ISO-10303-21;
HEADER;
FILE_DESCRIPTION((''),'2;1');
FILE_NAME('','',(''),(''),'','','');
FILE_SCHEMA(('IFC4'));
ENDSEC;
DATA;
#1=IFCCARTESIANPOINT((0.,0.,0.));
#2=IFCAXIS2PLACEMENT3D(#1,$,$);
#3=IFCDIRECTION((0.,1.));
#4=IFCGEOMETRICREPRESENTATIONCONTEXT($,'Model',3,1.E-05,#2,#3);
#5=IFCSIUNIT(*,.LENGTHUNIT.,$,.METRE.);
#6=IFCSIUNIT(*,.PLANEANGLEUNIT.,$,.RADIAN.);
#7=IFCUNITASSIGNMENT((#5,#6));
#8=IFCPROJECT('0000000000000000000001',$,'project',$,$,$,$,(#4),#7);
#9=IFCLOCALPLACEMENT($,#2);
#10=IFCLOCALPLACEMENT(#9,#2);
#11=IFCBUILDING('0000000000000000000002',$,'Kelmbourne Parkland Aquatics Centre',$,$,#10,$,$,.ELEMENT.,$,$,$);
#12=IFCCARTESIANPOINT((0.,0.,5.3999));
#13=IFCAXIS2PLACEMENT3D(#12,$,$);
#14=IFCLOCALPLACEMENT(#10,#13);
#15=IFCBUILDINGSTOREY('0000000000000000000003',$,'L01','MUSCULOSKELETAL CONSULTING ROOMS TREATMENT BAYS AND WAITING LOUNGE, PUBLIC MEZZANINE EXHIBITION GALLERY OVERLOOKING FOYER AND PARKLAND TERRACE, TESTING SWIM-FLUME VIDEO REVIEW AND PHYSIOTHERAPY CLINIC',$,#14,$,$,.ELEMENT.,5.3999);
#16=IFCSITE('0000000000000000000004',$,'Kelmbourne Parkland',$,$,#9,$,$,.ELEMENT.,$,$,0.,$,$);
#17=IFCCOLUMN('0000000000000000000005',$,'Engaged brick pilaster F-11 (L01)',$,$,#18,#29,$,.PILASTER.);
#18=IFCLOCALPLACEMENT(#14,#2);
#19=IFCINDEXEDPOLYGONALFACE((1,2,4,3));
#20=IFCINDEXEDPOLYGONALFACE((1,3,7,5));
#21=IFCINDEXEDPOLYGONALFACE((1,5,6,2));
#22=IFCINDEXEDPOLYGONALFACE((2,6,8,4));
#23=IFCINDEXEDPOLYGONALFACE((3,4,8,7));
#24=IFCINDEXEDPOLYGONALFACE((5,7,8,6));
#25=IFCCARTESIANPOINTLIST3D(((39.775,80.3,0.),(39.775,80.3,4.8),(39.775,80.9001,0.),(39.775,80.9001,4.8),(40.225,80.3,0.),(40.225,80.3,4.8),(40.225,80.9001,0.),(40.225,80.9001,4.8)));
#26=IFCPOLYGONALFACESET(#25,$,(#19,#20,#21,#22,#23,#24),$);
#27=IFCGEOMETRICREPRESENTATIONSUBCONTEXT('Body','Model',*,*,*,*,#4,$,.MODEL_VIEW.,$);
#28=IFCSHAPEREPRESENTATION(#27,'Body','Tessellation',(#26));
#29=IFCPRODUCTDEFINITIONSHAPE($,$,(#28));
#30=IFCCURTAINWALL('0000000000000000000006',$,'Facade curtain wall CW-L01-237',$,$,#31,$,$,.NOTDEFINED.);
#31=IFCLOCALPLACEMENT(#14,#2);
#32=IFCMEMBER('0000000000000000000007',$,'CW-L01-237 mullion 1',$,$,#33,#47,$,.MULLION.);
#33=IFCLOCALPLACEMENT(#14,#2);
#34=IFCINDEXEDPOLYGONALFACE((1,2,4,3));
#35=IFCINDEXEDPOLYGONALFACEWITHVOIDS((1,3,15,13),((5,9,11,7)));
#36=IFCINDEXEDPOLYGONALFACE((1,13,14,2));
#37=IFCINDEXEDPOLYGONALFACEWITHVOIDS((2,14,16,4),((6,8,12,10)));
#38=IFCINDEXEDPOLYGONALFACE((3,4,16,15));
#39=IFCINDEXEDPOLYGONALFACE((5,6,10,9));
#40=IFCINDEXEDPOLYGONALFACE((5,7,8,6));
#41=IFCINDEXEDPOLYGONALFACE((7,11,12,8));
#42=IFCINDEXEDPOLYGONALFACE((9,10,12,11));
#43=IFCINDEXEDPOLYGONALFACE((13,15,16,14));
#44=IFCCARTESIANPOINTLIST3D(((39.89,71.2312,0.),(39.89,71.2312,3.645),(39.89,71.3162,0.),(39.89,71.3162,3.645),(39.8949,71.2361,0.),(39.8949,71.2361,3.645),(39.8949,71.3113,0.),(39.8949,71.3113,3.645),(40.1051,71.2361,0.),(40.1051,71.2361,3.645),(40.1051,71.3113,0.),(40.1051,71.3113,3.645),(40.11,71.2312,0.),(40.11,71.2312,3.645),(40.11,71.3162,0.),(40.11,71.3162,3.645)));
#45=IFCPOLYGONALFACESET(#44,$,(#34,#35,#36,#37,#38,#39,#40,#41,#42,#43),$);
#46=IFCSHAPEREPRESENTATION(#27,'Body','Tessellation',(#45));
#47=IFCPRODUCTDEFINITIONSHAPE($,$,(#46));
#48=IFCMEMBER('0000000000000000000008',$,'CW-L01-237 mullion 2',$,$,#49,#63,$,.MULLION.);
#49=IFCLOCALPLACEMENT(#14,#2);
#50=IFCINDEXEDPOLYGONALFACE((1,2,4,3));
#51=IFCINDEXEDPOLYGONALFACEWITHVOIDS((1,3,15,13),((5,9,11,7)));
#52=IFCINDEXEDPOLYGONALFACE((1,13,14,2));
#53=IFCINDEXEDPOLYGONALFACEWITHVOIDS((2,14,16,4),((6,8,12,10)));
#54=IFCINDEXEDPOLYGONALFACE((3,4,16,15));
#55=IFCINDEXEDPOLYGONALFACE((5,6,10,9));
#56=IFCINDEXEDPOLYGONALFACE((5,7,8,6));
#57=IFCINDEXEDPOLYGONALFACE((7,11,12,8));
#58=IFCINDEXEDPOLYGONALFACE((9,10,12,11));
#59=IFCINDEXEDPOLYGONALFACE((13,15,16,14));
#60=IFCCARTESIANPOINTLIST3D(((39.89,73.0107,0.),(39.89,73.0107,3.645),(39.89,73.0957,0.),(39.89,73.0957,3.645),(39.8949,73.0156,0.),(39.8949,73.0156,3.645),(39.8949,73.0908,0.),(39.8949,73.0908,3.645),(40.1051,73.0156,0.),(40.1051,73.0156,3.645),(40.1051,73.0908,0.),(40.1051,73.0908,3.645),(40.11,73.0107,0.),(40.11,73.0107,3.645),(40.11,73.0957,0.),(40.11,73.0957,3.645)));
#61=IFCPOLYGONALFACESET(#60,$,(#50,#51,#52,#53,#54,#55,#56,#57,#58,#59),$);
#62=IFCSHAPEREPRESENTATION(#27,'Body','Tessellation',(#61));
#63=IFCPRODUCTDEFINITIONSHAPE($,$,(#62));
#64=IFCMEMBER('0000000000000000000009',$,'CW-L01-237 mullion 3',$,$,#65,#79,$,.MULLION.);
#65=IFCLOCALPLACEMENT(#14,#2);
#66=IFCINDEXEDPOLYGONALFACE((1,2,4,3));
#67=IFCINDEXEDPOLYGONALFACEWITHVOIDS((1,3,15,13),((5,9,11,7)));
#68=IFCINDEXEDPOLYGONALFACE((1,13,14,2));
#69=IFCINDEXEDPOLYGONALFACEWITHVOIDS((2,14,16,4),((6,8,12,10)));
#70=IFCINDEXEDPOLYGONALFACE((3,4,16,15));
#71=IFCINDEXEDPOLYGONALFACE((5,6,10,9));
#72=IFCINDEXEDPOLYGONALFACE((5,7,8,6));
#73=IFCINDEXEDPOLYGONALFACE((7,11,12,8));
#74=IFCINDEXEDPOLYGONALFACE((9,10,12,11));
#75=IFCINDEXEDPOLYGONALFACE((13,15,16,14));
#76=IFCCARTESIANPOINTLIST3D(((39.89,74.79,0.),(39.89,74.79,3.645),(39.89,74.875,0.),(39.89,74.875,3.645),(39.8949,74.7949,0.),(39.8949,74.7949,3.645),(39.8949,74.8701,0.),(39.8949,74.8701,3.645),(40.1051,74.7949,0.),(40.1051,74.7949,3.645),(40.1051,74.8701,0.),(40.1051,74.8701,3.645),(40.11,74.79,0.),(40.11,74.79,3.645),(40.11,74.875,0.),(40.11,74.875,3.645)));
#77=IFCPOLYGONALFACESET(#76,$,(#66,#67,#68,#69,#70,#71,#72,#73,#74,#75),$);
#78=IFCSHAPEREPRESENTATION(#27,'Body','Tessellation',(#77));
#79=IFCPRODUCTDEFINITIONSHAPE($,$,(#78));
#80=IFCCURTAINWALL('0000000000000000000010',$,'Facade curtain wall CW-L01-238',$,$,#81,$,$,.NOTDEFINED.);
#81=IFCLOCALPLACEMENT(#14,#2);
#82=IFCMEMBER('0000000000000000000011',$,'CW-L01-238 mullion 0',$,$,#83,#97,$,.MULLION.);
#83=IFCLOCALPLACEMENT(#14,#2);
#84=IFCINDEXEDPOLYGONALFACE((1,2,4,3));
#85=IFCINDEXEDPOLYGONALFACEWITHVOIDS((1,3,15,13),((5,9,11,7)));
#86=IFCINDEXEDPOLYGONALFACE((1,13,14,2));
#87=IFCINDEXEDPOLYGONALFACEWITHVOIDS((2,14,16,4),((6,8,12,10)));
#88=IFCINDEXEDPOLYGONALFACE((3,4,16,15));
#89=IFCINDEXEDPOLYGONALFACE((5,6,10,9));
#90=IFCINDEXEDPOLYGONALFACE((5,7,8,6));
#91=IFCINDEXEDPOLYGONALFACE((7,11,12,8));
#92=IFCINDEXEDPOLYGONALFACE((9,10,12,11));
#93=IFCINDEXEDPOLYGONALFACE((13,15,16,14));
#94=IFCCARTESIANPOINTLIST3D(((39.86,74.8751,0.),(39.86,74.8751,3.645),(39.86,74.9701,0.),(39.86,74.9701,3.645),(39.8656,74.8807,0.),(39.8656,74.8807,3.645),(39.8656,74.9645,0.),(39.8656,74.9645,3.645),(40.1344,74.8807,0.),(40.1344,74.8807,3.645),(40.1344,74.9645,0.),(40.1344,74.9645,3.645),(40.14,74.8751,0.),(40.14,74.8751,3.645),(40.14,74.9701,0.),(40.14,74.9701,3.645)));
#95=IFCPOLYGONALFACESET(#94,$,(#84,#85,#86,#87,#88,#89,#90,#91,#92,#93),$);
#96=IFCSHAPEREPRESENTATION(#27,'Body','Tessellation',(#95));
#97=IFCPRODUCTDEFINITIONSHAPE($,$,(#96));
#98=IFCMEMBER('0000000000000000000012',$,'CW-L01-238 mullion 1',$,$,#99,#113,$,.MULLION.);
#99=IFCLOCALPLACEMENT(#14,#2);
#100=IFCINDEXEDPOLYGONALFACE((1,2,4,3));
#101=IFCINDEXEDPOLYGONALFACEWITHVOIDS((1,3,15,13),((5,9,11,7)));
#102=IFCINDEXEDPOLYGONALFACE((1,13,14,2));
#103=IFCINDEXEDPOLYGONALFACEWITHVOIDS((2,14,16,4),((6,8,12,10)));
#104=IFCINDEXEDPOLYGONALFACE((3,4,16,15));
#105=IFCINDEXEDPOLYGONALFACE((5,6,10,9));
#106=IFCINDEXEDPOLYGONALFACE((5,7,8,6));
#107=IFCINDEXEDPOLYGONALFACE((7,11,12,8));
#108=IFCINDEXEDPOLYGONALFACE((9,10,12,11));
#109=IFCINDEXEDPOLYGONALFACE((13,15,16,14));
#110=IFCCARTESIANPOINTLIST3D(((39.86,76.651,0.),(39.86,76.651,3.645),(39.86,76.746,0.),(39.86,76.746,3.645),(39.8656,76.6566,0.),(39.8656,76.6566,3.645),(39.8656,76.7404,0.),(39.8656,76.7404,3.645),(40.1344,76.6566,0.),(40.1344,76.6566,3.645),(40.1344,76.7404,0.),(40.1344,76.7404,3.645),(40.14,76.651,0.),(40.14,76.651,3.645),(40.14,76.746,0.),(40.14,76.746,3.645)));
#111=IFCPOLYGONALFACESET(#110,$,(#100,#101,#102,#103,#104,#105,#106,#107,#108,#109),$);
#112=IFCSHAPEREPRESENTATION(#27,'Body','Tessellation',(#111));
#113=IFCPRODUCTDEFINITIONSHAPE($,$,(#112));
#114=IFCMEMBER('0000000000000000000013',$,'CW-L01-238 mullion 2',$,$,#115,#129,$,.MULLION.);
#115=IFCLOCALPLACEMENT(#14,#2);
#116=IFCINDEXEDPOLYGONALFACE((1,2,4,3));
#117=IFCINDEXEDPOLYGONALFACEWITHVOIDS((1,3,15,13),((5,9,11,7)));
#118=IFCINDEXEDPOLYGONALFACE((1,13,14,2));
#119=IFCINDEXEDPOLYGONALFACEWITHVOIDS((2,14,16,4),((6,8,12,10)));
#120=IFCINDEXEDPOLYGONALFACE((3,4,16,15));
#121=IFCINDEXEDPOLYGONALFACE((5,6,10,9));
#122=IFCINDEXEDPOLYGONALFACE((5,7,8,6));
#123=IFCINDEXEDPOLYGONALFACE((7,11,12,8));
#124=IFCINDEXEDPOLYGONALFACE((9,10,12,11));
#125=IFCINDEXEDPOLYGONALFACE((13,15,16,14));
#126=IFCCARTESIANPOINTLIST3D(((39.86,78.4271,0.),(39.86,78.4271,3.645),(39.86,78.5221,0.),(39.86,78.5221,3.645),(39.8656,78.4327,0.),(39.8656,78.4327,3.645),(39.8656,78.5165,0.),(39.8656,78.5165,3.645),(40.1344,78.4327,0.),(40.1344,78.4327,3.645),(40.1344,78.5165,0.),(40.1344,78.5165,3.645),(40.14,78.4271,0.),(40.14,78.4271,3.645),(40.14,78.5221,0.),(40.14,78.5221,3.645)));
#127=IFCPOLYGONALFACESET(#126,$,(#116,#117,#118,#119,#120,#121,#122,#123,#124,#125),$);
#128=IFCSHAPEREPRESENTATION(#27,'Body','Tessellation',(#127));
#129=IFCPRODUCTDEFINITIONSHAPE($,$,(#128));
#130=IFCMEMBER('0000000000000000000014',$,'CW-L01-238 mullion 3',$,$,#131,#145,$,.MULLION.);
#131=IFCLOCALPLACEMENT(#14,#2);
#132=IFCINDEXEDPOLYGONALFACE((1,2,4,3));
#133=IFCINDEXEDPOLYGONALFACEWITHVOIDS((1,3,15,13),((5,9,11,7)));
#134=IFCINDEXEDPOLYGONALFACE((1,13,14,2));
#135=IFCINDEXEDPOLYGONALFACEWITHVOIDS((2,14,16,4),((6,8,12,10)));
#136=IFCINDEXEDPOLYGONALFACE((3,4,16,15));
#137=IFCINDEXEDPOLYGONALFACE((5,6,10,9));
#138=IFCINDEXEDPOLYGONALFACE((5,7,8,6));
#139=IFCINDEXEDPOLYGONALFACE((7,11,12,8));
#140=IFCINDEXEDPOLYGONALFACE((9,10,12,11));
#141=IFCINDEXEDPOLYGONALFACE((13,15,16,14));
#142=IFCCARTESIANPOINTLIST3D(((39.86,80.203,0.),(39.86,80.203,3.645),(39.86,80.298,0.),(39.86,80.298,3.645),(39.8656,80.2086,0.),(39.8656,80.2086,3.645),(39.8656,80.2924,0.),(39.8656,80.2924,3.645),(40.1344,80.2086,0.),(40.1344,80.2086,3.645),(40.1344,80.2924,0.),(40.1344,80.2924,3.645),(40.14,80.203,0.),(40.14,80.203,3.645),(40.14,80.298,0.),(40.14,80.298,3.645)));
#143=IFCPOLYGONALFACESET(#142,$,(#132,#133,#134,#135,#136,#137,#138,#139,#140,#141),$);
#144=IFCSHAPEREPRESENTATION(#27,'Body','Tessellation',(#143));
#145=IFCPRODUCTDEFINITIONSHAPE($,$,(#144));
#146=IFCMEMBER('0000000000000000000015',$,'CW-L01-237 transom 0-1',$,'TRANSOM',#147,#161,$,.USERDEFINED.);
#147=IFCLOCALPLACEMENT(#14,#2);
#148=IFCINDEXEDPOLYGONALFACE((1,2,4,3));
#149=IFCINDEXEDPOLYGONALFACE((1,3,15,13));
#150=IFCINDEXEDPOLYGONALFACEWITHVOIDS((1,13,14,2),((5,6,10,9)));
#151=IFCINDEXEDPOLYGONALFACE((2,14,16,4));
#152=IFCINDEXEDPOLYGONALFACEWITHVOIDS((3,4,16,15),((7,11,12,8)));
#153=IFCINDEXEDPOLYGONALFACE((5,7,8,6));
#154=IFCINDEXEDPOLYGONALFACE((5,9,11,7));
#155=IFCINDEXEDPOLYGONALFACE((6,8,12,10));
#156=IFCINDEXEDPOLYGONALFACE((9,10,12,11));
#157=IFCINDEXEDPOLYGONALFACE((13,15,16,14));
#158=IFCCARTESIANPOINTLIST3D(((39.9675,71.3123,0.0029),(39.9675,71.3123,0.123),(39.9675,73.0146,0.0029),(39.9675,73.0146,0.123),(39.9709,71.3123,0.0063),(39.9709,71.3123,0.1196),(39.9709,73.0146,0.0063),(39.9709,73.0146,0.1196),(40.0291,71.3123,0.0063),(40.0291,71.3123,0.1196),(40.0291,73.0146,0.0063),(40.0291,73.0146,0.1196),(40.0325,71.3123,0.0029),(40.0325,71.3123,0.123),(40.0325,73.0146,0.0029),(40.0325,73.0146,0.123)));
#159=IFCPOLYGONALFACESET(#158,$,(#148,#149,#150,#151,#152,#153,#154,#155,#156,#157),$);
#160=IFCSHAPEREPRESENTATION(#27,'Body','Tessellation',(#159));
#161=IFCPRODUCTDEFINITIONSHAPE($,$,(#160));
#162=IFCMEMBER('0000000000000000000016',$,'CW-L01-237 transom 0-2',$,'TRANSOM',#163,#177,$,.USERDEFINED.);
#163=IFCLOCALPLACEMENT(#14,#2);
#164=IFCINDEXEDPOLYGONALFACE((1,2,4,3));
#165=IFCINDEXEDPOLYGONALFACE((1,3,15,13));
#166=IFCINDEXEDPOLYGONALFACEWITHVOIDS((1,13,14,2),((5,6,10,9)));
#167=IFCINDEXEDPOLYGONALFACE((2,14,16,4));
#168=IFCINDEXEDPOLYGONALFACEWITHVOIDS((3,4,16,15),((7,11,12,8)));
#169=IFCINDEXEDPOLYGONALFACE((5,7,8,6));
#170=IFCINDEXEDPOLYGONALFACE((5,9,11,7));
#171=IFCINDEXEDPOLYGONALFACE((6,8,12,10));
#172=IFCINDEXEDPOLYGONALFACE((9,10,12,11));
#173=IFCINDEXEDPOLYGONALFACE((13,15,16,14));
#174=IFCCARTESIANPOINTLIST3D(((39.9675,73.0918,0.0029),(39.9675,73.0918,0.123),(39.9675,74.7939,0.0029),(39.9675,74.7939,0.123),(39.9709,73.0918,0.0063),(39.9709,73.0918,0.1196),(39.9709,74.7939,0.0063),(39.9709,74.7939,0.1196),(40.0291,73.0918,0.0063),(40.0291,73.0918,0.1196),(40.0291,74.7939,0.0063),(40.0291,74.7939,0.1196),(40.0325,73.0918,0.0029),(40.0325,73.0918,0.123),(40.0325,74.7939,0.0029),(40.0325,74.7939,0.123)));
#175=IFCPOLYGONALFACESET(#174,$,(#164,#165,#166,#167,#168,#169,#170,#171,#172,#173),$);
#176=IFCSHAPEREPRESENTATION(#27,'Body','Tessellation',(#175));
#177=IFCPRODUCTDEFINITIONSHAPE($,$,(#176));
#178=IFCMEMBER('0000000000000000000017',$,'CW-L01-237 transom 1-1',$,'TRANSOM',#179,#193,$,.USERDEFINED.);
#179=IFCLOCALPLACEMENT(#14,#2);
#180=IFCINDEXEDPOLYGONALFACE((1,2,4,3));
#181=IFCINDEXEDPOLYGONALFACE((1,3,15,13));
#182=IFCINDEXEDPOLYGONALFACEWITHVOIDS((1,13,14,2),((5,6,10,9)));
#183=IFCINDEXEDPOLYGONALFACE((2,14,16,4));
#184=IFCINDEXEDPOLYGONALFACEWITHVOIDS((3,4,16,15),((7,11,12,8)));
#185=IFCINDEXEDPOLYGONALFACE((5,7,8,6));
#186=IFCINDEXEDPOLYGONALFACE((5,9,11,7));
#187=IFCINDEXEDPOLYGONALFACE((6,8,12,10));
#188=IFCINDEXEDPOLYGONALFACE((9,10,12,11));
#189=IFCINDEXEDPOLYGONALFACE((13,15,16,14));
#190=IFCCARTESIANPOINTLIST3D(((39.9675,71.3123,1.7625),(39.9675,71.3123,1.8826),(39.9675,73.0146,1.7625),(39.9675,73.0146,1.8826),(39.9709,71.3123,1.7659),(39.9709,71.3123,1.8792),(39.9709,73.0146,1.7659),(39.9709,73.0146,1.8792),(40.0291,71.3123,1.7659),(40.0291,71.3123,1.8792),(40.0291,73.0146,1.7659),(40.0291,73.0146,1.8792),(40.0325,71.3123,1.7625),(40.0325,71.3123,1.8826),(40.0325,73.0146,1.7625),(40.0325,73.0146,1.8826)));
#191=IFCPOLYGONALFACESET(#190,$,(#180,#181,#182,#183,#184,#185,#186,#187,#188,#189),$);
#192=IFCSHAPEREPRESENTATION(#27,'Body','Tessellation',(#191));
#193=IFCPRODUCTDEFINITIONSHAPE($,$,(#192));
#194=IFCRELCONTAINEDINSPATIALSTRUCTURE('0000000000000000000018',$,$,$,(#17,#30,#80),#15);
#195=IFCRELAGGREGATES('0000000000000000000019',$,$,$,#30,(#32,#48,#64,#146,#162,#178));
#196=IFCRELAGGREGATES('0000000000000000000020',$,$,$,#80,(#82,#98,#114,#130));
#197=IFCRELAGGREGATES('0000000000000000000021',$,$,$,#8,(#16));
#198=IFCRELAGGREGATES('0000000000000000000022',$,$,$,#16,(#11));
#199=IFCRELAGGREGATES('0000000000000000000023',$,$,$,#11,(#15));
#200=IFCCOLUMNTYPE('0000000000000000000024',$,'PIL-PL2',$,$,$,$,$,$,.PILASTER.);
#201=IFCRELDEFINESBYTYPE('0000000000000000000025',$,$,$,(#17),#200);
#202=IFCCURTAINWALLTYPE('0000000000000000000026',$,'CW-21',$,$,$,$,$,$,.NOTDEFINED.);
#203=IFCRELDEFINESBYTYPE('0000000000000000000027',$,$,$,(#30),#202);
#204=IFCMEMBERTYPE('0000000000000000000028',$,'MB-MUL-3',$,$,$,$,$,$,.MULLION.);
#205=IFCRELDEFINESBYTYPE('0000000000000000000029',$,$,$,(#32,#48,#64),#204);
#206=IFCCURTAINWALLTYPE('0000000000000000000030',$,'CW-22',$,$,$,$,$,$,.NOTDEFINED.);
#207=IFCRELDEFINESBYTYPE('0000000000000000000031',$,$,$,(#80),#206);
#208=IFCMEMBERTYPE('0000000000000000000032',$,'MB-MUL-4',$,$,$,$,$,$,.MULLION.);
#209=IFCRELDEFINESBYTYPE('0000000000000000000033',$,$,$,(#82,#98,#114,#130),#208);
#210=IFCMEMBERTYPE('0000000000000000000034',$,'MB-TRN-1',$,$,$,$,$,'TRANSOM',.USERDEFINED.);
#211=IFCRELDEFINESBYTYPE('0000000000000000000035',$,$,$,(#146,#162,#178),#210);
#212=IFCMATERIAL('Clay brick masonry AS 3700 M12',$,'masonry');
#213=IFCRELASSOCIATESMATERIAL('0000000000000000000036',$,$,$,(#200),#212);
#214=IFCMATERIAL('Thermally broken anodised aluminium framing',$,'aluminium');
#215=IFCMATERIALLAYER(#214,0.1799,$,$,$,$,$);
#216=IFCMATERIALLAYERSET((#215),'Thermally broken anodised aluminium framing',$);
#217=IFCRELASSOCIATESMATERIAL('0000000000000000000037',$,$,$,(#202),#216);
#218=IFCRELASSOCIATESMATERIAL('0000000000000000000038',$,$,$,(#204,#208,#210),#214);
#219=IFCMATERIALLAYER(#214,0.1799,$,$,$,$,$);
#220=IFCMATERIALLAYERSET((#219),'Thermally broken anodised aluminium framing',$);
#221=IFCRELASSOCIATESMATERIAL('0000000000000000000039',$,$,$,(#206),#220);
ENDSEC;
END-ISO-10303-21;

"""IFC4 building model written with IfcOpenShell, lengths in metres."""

from ifc_helpers import new_model, si_unit, direction, frame, origin, origin_2d, place, context, subcontext, project, spatial, rectangle, hollow_rectangle, extrude, material, layer, layer_set, material_profile, profile_set, type_object, element, aggregate, save


model = new_model("IFC4")

# Units and contexts
model_context = context("Model", 3, precision=1e-05, world=origin(), true_north=direction((0.0, 1.0)))
body_context = subcontext(model_context, "Body", "Model", "MODEL_VIEW")
ifc_project = project(units=[si_unit("LENGTHUNIT", "METRE"), si_unit("PLANEANGLEUNIT", "RADIAN")], contexts=[model_context])

# Site, building, storey
site_placement = place(None, origin())
site = spatial("IfcSite", under=ifc_project, at=site_placement, Name="Kelmbourne Parkland", CompositionType="ELEMENT", RefElevation=0.0)
building_placement = place(site_placement, origin())
building = spatial("IfcBuilding", under=site, at=building_placement, Name="Kelmbourne Parkland Aquatics Centre", CompositionType="ELEMENT")
storey_placement = place(building_placement, frame((0.0, 0.0, 5.3999)))
storey = spatial("IfcBuildingStorey", under=building, at=storey_placement, Name="L01", Description="MUSCULOSKELETAL CONSULTING ROOMS TREATMENT BAYS AND WAITING LOUNGE, PUBLIC MEZZANINE EXHIBITION GALLERY OVERLOOKING FOYER AND PARKLAND TERRACE, TESTING SWIM-FLUME VIDEO REVIEW AND PHYSIOTHERAPY CLINIC", CompositionType="ELEMENT", Elevation=5.3999)

# Column
ifc_material_1 = material(Name="Clay brick masonry AS 3700 M12", Category="masonry")
ifc_material_profile_1 = material_profile(ifc_material_1, rectangle(XDim=0.45, YDim=0.6001, at=origin_2d()), Name="PIL 450x600")
ifc_profile_set_1 = profile_set([ifc_material_profile_1], Name="Clay brick masonry AS 3700 M12")
column_type = type_object("IfcColumnType", Name="PIL-PL2", PredefinedType="PILASTER", material=ifc_profile_set_1)
column_placement = place(storey_placement, frame((40.0, 80.6001, 0.0), z_axis=(0.0, 0.0, 1.0), x_axis=(1.0, 0.0, 0.0)))
element("IfcColumn", 1, at=column_placement, inside=storey, type_object=column_type, Name="Engaged brick pilaster F-11 (L01)", PredefinedType="PILASTER", context=body_context, shape_type="SweptSolid", body=[
    extrude(rectangle(XDim=0.45, YDim=0.6001, at=origin_2d()), origin(), (0.0, 0.0, 1.0), 4.8),
])

# Curtain walls, members
ifc_material_2 = material(Name="Thermally broken anodised aluminium framing", Category="aluminium")
ifc_layer_1 = layer(ifc_material_2, 0.1799)
ifc_layer_set_1 = layer_set([ifc_layer_1], Name="Thermally broken anodised aluminium framing")
curtain_wall_type_1 = type_object("IfcCurtainWallType", Name="CW-21", PredefinedType="NOTDEFINED", material=ifc_layer_set_1)
curtain_wall_1_placement = place(storey_placement, origin())
curtain_wall_1 = element("IfcCurtainWall", 2, at=curtain_wall_1_placement, inside=storey, type_object=curtain_wall_type_1, Name="Facade curtain wall CW-L01-237", PredefinedType="NOTDEFINED")
ifc_material_profile_2 = material_profile(ifc_material_2, hollow_rectangle(XDim=0.085, YDim=0.22, WallThickness=0.0049, at=origin_2d()), Name="CW-M 85x220")
ifc_profile_set_2 = profile_set([ifc_material_profile_2], Name="Thermally broken anodised aluminium framing")
member_type_1 = type_object("IfcMemberType", Name="MB-MUL-3", PredefinedType="MULLION", material=ifc_profile_set_2)
member_1_placement = place(storey_placement, frame((40.0, 71.2737, 0.0), z_axis=(0.0, 0.0, 1.0), x_axis=(0.0, 1.0, 0.0)))
member_1 = element("IfcMember", 3, at=member_1_placement, type_object=member_type_1, Name="CW-L01-237 mullion 1", PredefinedType="MULLION", context=body_context, shape_type="SweptSolid", body=[
    extrude(hollow_rectangle(XDim=0.085, YDim=0.22, WallThickness=0.0049, at=origin_2d()), origin(), (0.0, 0.0, 1.0), 3.645),
])
member_2_placement = place(storey_placement, frame((40.0, 73.0532, 0.0), z_axis=(0.0, 0.0, 1.0), x_axis=(0.0, 1.0, 0.0)))
member_2 = element("IfcMember", 4, at=member_2_placement, type_object=member_type_1, Name="CW-L01-237 mullion 2", PredefinedType="MULLION", context=body_context, shape_type="SweptSolid", body=[
    extrude(hollow_rectangle(XDim=0.085, YDim=0.22, WallThickness=0.0049, at=origin_2d()), origin(), (0.0, 0.0, 1.0), 3.645),
])
member_3_placement = place(storey_placement, frame((40.0, 74.8325, 0.0), z_axis=(0.0, 0.0, 1.0), x_axis=(0.0, 1.0, 0.0)))
member_3 = element("IfcMember", 5, at=member_3_placement, type_object=member_type_1, Name="CW-L01-237 mullion 3", PredefinedType="MULLION", context=body_context, shape_type="SweptSolid", body=[
    extrude(hollow_rectangle(XDim=0.085, YDim=0.22, WallThickness=0.0049, at=origin_2d()), origin(), (0.0, 0.0, 1.0), 3.645),
])
ifc_layer_2 = layer(ifc_material_2, 0.1799)
ifc_layer_set_2 = layer_set([ifc_layer_2], Name="Thermally broken anodised aluminium framing")
curtain_wall_type_2 = type_object("IfcCurtainWallType", Name="CW-22", PredefinedType="NOTDEFINED", material=ifc_layer_set_2)
curtain_wall_2_placement = place(storey_placement, origin())
curtain_wall_2 = element("IfcCurtainWall", 6, at=curtain_wall_2_placement, inside=storey, type_object=curtain_wall_type_2, Name="Facade curtain wall CW-L01-238", PredefinedType="NOTDEFINED")
ifc_material_profile_3 = material_profile(ifc_material_2, hollow_rectangle(XDim=0.095, YDim=0.28, WallThickness=0.0056, at=origin_2d()), Name="CW-M 95x280")
ifc_profile_set_3 = profile_set([ifc_material_profile_3], Name="Thermally broken anodised aluminium framing")
member_type_2 = type_object("IfcMemberType", Name="MB-MUL-4", PredefinedType="MULLION", material=ifc_profile_set_3)
member_4_placement = place(storey_placement, frame((40.0, 74.9226, 0.0), z_axis=(0.0, 0.0, 1.0), x_axis=(0.0, 1.0, 0.0)))
member_4 = element("IfcMember", 7, at=member_4_placement, type_object=member_type_2, Name="CW-L01-238 mullion 0", PredefinedType="MULLION", context=body_context, shape_type="SweptSolid", body=[
    extrude(hollow_rectangle(XDim=0.095, YDim=0.28, WallThickness=0.0056, at=origin_2d()), origin(), (0.0, 0.0, 1.0), 3.645),
])
member_5_placement = place(storey_placement, frame((40.0, 76.6985, 0.0), z_axis=(0.0, 0.0, 1.0), x_axis=(0.0, 1.0, 0.0)))
member_5 = element("IfcMember", 8, at=member_5_placement, type_object=member_type_2, Name="CW-L01-238 mullion 1", PredefinedType="MULLION", context=body_context, shape_type="SweptSolid", body=[
    extrude(hollow_rectangle(XDim=0.095, YDim=0.28, WallThickness=0.0056, at=origin_2d()), origin(), (0.0, 0.0, 1.0), 3.645),
])
member_6_placement = place(storey_placement, frame((40.0, 78.4746, 0.0), z_axis=(0.0, 0.0, 1.0), x_axis=(0.0, 1.0, 0.0)))
member_6 = element("IfcMember", 9, at=member_6_placement, type_object=member_type_2, Name="CW-L01-238 mullion 2", PredefinedType="MULLION", context=body_context, shape_type="SweptSolid", body=[
    extrude(hollow_rectangle(XDim=0.095, YDim=0.28, WallThickness=0.0056, at=origin_2d()), origin(), (0.0, 0.0, 1.0), 3.645),
])
member_7_placement = place(storey_placement, frame((40.0, 80.2505, 0.0), z_axis=(0.0, 0.0, 1.0), x_axis=(0.0, 1.0, 0.0)))
member_7 = element("IfcMember", 10, at=member_7_placement, type_object=member_type_2, Name="CW-L01-238 mullion 3", PredefinedType="MULLION", context=body_context, shape_type="SweptSolid", body=[
    extrude(hollow_rectangle(XDim=0.095, YDim=0.28, WallThickness=0.0056, at=origin_2d()), origin(), (0.0, 0.0, 1.0), 3.645),
])

# Members
ifc_material_profile_4 = material_profile(ifc_material_2, hollow_rectangle(XDim=0.0649, YDim=0.1201, WallThickness=0.0034, at=origin_2d()), Name="CW-T 65x120")
ifc_profile_set_4 = profile_set([ifc_material_profile_4], Name="Thermally broken anodised aluminium framing")
member_type_3 = type_object("IfcMemberType", Name="MB-TRN-1", ElementType="TRANSOM", PredefinedType="USERDEFINED", material=ifc_profile_set_4)
member_8_placement = place(storey_placement, frame((40.0, 71.3123, 0.063), z_axis=(0.0, 1.0, 0.0), x_axis=(-1.0, 0.0, 0.0)))
member_8 = element("IfcMember", 11, at=member_8_placement, type_object=member_type_3, Name="CW-L01-237 transom 0-1", ObjectType="TRANSOM", PredefinedType="USERDEFINED", context=body_context, shape_type="SweptSolid", body=[
    extrude(hollow_rectangle(XDim=0.0649, YDim=0.1201, WallThickness=0.0034, at=origin_2d()), origin(), (0.0, 0.0, 1.0), 1.7024),
])
member_9_placement = place(storey_placement, frame((40.0, 73.0918, 0.063), z_axis=(0.0, 1.0, 0.0), x_axis=(-1.0, 0.0, 0.0)))
member_9 = element("IfcMember", 12, at=member_9_placement, type_object=member_type_3, Name="CW-L01-237 transom 0-2", ObjectType="TRANSOM", PredefinedType="USERDEFINED", context=body_context, shape_type="SweptSolid", body=[
    extrude(hollow_rectangle(XDim=0.0649, YDim=0.1201, WallThickness=0.0034, at=origin_2d()), origin(), (0.0, 0.0, 1.0), 1.7021),
])
member_10_placement = place(storey_placement, frame((40.0, 71.3123, 1.8225), z_axis=(0.0, 1.0, 0.0), x_axis=(-1.0, 0.0, 0.0)))
member_10 = element("IfcMember", 13, at=member_10_placement, type_object=member_type_3, Name="CW-L01-237 transom 1-1", ObjectType="TRANSOM", PredefinedType="USERDEFINED", context=body_context, shape_type="SweptSolid", body=[
    extrude(hollow_rectangle(XDim=0.0649, YDim=0.1201, WallThickness=0.0034, at=origin_2d()), origin(), (0.0, 0.0, 1.0), 1.7024),
])

aggregate(curtain_wall_1, [member_1, member_2, member_3, member_8, member_9, member_10])
aggregate(curtain_wall_2, [member_4, member_5, member_6, member_7])

save(model, "model.ifc")
